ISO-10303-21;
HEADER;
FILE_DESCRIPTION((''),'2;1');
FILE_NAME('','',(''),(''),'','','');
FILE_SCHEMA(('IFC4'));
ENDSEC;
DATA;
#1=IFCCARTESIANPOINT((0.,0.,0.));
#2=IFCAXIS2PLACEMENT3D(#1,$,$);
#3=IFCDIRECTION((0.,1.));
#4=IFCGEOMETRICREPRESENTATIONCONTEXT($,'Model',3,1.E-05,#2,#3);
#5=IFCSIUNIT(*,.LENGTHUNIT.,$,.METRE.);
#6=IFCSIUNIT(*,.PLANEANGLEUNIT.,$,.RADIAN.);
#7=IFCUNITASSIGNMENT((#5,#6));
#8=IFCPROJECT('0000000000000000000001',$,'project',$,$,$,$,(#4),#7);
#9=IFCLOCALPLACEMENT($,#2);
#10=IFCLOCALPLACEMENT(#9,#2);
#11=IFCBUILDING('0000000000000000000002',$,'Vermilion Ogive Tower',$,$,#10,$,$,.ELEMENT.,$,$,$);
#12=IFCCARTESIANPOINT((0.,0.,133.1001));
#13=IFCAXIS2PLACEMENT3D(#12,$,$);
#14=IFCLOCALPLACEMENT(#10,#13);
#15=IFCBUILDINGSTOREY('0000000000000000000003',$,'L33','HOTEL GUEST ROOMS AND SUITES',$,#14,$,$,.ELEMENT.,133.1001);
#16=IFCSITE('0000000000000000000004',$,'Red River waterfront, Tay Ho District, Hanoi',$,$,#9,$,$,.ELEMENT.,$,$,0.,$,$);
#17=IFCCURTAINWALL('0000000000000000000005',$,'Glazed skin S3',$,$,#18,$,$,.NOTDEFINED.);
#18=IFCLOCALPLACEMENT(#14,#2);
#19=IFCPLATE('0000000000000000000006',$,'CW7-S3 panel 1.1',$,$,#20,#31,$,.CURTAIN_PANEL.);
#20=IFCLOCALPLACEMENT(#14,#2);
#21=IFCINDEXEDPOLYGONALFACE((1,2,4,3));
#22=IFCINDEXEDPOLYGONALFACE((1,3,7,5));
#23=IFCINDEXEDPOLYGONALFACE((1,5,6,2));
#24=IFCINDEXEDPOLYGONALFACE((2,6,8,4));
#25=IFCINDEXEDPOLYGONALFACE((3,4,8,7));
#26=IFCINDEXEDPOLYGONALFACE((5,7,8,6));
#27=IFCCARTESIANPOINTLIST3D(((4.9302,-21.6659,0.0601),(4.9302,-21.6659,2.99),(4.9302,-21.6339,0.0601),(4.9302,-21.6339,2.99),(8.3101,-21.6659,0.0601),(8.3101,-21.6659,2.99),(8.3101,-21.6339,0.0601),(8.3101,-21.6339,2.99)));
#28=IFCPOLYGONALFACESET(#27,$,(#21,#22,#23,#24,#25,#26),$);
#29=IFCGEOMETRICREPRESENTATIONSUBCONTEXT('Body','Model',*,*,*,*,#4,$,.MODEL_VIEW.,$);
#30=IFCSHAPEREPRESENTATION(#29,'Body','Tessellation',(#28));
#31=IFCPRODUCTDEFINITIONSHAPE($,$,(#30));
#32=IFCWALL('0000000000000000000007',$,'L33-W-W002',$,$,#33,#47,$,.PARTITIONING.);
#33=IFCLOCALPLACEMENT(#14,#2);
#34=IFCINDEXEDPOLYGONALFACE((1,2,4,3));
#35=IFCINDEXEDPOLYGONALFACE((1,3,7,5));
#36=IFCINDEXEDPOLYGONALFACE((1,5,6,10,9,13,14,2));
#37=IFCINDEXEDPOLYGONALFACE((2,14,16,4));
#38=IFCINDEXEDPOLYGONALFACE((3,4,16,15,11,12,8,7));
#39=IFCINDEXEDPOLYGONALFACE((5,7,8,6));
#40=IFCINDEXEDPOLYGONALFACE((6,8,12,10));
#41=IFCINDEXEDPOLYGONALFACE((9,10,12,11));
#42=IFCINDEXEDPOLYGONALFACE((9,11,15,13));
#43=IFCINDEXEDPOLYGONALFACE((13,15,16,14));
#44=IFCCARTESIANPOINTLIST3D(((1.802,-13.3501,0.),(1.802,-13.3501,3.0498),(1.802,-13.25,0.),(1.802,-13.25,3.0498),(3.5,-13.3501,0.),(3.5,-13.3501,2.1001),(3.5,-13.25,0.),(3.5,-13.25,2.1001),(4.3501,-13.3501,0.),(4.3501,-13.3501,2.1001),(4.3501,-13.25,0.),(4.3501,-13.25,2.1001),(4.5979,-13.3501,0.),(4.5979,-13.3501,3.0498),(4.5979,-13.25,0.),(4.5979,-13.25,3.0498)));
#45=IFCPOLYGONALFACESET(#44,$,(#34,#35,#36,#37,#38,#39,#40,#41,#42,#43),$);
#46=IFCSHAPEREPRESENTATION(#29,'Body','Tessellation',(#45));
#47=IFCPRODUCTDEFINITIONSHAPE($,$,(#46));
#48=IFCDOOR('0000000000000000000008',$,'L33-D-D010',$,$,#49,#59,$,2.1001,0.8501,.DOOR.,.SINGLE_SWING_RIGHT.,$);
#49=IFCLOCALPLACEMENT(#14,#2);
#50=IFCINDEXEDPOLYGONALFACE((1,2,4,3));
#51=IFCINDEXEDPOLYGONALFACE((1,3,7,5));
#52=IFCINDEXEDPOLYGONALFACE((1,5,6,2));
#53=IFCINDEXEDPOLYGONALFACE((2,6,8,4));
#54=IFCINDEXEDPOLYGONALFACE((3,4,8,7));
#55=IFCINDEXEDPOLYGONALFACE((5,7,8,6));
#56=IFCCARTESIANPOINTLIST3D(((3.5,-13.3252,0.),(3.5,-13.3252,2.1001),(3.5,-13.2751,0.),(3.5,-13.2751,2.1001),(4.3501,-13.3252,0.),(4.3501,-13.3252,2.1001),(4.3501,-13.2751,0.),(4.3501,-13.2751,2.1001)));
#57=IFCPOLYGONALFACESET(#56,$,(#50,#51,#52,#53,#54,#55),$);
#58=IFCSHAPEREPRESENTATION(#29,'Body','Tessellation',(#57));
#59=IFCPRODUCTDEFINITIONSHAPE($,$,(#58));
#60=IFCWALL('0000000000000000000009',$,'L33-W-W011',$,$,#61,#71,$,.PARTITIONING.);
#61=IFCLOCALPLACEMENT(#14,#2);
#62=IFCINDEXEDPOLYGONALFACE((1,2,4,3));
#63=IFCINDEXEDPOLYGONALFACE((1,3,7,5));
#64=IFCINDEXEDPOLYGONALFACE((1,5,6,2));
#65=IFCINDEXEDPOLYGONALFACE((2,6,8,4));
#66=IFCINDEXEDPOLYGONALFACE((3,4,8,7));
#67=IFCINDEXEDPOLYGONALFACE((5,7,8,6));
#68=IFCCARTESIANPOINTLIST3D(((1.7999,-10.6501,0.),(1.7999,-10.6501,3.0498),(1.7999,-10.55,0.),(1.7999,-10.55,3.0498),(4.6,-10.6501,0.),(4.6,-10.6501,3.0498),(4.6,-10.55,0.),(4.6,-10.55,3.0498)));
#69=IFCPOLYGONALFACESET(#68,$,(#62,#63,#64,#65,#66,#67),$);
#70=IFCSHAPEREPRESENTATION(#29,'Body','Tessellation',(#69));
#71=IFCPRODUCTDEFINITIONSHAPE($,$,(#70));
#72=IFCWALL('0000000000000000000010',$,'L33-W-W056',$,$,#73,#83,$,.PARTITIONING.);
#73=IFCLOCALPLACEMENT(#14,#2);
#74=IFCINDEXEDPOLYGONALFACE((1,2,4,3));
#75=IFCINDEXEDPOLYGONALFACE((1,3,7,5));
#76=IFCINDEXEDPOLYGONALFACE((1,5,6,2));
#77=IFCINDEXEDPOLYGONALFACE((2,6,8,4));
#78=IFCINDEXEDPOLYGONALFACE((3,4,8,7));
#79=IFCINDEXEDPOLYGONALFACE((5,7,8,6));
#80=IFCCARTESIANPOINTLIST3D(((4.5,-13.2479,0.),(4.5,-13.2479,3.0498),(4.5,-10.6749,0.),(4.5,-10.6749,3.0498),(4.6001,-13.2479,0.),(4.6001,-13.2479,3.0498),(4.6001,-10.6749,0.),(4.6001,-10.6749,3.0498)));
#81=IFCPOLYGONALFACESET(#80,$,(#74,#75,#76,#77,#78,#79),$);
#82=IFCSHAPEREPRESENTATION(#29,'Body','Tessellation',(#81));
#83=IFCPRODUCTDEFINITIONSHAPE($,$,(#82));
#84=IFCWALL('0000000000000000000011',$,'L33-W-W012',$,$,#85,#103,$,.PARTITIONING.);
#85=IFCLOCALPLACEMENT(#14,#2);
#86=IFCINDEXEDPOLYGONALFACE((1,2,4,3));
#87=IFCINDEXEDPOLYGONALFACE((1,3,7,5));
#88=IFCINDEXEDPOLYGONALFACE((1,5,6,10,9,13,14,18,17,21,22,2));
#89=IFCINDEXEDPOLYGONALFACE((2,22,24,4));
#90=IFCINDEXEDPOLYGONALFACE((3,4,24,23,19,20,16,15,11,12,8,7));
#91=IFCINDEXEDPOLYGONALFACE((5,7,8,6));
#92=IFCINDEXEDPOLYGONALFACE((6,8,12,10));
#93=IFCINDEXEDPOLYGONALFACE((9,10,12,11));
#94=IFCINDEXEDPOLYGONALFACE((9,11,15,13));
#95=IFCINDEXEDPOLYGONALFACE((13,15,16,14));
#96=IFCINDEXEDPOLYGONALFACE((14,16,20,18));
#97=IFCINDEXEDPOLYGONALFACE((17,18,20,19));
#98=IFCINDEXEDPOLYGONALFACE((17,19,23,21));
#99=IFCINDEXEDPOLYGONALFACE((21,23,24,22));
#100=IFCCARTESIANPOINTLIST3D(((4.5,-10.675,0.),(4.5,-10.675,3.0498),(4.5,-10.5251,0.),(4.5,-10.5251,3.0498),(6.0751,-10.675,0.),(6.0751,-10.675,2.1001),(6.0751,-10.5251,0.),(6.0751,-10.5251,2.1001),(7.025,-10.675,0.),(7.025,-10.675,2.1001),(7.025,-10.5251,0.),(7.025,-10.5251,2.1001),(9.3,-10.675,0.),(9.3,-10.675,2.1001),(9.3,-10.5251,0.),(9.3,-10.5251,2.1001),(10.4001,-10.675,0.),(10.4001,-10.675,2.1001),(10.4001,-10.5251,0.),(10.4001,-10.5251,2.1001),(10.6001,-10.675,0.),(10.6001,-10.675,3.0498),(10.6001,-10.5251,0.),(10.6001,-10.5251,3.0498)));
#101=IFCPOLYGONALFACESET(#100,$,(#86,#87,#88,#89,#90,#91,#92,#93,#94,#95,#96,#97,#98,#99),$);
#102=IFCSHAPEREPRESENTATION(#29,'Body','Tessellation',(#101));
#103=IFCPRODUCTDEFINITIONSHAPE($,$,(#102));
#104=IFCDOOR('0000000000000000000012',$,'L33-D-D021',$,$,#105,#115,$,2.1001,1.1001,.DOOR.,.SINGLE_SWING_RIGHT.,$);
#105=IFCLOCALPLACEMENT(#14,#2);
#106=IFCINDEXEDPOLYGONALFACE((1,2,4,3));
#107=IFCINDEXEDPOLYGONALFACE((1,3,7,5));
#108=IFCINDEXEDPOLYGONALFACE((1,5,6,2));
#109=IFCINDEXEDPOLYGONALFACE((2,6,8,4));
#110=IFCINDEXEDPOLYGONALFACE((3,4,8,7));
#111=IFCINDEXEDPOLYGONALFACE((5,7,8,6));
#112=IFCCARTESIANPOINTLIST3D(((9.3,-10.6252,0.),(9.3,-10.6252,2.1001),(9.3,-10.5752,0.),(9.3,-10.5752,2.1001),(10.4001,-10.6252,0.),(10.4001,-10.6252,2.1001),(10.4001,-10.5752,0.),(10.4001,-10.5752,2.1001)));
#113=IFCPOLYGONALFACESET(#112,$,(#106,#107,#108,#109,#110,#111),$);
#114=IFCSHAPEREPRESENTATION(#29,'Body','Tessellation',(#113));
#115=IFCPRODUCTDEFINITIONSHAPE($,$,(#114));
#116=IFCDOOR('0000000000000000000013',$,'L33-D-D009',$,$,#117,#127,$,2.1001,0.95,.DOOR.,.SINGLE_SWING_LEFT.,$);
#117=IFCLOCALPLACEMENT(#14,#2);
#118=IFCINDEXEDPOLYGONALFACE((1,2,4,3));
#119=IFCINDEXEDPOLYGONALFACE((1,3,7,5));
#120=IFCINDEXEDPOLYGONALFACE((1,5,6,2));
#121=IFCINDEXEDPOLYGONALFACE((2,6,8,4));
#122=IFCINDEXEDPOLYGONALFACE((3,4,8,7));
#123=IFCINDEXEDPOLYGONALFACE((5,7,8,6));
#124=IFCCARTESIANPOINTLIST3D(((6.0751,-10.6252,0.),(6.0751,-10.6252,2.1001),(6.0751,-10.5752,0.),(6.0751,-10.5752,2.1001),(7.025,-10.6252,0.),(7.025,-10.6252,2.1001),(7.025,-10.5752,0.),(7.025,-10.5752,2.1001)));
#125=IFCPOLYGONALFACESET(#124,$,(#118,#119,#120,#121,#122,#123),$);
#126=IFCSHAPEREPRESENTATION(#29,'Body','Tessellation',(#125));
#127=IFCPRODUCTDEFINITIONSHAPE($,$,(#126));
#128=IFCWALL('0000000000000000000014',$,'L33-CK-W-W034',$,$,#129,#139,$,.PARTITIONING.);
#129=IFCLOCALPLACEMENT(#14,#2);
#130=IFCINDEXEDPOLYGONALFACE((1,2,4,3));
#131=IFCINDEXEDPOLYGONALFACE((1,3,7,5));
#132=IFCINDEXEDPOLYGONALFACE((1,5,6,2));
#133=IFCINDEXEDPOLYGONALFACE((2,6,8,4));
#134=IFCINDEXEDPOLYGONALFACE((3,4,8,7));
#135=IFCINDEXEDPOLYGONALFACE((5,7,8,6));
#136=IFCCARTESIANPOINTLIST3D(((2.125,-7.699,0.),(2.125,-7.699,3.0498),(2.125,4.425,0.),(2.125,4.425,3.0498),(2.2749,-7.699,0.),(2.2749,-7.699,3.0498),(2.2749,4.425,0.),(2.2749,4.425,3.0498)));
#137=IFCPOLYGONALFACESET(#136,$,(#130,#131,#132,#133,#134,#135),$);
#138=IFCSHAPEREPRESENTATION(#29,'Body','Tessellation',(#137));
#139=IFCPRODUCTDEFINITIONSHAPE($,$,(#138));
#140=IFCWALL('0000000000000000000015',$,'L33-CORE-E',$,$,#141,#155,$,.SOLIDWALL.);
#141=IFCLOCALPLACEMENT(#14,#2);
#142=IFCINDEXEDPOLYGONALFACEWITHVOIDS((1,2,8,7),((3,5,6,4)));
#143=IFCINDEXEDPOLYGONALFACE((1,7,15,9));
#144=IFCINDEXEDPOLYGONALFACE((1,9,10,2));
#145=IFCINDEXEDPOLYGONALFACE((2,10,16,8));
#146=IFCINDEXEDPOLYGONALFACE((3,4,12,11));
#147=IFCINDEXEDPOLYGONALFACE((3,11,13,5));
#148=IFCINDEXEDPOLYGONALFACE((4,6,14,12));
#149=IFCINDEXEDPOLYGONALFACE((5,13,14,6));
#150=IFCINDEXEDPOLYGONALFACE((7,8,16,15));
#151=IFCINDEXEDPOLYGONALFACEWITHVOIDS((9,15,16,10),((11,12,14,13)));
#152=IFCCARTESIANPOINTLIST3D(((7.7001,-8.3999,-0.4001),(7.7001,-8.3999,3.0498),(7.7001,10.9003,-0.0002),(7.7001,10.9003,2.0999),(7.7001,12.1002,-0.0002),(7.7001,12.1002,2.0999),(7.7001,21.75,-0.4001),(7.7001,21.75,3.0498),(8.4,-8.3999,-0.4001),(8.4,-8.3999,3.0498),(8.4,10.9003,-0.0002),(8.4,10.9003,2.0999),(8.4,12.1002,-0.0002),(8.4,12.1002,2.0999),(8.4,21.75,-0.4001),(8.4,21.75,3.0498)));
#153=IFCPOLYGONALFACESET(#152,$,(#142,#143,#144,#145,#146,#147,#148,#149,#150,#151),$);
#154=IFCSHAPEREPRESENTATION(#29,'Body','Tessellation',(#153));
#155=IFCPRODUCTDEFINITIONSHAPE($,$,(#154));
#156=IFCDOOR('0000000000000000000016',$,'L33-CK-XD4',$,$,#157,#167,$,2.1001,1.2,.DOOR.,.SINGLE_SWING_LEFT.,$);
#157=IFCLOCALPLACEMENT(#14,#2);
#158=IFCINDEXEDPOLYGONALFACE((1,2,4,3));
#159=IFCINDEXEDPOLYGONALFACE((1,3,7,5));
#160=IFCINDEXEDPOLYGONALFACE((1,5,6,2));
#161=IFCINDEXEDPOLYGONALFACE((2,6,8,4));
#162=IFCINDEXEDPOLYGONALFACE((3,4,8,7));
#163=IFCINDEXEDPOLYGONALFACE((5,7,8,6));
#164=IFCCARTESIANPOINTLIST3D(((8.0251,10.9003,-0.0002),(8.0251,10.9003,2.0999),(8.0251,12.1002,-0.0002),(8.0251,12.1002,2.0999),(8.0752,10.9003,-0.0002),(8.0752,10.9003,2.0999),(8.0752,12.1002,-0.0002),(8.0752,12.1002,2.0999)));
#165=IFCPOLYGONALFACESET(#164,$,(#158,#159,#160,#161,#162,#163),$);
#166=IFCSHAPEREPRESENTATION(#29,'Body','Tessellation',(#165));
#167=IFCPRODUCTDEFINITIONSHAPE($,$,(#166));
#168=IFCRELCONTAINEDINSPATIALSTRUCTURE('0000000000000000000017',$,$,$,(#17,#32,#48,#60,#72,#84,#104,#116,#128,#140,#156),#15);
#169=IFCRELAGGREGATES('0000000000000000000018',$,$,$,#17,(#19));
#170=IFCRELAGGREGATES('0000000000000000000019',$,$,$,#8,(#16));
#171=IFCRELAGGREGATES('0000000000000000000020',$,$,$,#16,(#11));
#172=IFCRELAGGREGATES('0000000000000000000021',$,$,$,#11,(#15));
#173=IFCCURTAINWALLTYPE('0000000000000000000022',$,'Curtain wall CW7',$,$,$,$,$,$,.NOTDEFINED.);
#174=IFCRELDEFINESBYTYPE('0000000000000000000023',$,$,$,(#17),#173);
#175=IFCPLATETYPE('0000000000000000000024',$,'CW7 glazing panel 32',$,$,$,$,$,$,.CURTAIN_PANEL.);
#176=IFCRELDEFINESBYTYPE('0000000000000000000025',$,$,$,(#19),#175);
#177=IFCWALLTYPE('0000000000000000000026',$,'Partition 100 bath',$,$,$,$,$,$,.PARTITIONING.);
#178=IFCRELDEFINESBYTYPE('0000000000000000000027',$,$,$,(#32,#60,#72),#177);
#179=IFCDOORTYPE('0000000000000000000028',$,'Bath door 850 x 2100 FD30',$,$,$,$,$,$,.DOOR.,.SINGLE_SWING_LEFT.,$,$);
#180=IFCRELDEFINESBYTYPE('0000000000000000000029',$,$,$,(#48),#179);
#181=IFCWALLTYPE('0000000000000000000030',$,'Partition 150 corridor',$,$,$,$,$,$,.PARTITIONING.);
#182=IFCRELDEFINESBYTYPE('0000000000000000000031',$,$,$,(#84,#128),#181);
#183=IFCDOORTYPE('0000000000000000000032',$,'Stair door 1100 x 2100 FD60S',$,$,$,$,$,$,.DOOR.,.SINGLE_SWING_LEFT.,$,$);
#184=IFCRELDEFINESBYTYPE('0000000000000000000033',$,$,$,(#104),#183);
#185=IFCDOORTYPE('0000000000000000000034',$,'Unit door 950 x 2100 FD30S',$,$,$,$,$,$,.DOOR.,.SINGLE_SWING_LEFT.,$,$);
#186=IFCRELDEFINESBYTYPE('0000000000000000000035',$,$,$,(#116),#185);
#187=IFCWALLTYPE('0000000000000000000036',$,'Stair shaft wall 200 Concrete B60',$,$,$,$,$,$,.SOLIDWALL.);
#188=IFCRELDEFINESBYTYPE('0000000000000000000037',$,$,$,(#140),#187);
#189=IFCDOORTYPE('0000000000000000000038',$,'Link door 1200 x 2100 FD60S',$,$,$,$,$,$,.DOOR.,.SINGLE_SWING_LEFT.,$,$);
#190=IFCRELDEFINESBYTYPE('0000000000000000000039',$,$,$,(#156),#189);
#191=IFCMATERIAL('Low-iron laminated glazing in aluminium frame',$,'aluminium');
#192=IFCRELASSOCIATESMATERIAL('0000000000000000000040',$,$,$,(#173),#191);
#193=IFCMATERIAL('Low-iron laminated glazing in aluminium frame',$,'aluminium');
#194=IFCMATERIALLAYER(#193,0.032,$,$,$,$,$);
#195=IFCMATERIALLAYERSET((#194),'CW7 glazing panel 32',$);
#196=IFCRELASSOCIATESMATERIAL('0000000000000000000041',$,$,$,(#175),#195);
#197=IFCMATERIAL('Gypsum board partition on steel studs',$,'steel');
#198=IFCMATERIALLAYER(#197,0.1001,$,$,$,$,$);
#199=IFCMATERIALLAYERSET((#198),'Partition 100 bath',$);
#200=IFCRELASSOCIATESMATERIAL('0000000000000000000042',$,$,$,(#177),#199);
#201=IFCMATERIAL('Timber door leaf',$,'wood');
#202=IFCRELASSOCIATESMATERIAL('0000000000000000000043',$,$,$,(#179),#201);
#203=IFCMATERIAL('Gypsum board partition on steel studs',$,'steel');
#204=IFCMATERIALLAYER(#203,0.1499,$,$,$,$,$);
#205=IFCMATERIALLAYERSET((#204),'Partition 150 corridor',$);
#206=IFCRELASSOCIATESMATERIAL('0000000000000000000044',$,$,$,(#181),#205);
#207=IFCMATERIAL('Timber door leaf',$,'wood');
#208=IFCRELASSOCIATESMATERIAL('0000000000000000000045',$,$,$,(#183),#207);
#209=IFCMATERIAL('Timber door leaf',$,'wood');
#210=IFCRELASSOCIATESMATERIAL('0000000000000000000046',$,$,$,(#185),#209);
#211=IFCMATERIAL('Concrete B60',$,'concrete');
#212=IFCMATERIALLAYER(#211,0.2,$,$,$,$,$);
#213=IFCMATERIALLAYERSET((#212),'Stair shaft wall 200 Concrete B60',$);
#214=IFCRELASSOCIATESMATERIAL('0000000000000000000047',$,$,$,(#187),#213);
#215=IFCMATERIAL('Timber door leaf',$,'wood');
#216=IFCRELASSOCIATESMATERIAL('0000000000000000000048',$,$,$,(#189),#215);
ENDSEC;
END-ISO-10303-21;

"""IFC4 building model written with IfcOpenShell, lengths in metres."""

from ifc_helpers import new_model, si_unit, direction, frame, frame_2d, origin, origin_2d, place, context, subcontext, project, spatial, rectangle, extrude, material, layer, layer_set, type_object, element, fill, aggregate, save


model = new_model("IFC4")

# Units and contexts
model_context = context("Model", 3, precision=1e-05, world=origin(), true_north=direction((0.0, 1.0)))
body_context = subcontext(model_context, "Body", "Model", "MODEL_VIEW")
ifc_project = project(units=[si_unit("LENGTHUNIT", "METRE"), si_unit("PLANEANGLEUNIT", "RADIAN")], contexts=[model_context])

# Site, building, storey
site_placement = place(None, origin())
site = spatial("IfcSite", under=ifc_project, at=site_placement, Name="Red River waterfront, Tay Ho District, Hanoi", CompositionType="ELEMENT", RefElevation=0.0)
building_placement = place(site_placement, origin())
building = spatial("IfcBuilding", under=site, at=building_placement, Name="Vermilion Ogive Tower", CompositionType="ELEMENT")
storey_placement = place(building_placement, frame((0.0, 0.0, 133.1001)))
storey = spatial("IfcBuildingStorey", under=building, at=storey_placement, Name="L33", Description="HOTEL GUEST ROOMS AND SUITES", CompositionType="ELEMENT", Elevation=133.1001)

# Shared definitions
ifc_material_1 = material(Name="Low-iron laminated glazing in aluminium frame", Category="aluminium")
curtain_wall_type = type_object("IfcCurtainWallType", Name="Curtain wall CW7", PredefinedType="NOTDEFINED", material=ifc_material_1)

# Curtain wall
curtain_wall_1_placement = place(storey_placement, origin())
curtain_wall_1 = element("IfcCurtainWall", 1, at=curtain_wall_1_placement, inside=storey, type_object=curtain_wall_type, Name="Glazed skin S3", PredefinedType="NOTDEFINED")

# Plate
ifc_material_2 = material(Name="Low-iron laminated glazing in aluminium frame", Category="aluminium")
ifc_layer_1 = layer(ifc_material_2, 0.032)
ifc_layer_set_1 = layer_set([ifc_layer_1], Name="CW7 glazing panel 32")
plate_type = type_object("IfcPlateType", Name="CW7 glazing panel 32", PredefinedType="CURTAIN_PANEL", material=ifc_layer_set_1)
plate_1_placement = place(storey_placement, frame((6.6201, -21.6499, 0.0601), z_axis=(0.0, 0.0, 1.0), x_axis=(1.0, 0.0, 0.0)))
plate_1 = element("IfcPlate", 2, at=plate_1_placement, type_object=plate_type, Name="CW7-S3 panel 1.1", PredefinedType="CURTAIN_PANEL", context=body_context, shape_type="SweptSolid", body=[
    extrude(rectangle(XDim=3.3799, YDim=0.032, at=origin_2d()), origin(), (0.0, 0.0, 1.0), 2.9299),
])
aggregate(curtain_wall_1, [plate_1])

# Wall, opening, door
ifc_material_3 = material(Name="Gypsum board partition on steel studs", Category="steel")
ifc_layer_2 = layer(ifc_material_3, 0.1001)
ifc_layer_set_2 = layer_set([ifc_layer_2], Name="Partition 100 bath")
wall_type_1 = type_object("IfcWallType", Name="Partition 100 bath", PredefinedType="PARTITIONING", material=ifc_layer_set_2)
wall_1_placement = place(storey_placement, frame((1.802, -13.3, 0.0), z_axis=(0.0, 0.0, 1.0), x_axis=(1.0, 0.0, 0.0)))
wall_1 = element("IfcWall", 3, at=wall_1_placement, inside=storey, type_object=wall_type_1, Name="L33-W-W002", PredefinedType="PARTITIONING", context=body_context, shape_type="SweptSolid", body=[
    extrude(rectangle(XDim=2.7959, YDim=0.1001, at=frame_2d((1.3979, 0.0))), origin(), (0.0, 0.0, 1.0), 3.0498),
])
opening_1_placement = place(wall_1_placement, frame((1.698, 0.0, 0.0)))
opening_1 = element("IfcOpeningElement", 4, at=opening_1_placement, cuts=wall_1, PredefinedType="OPENING", context=body_context, shape_type="SweptSolid", body=[
    extrude(rectangle(XDim=0.8501, YDim=2.1001, at=frame_2d((0.425, 1.05))), frame((0.0, 0.0601, 0.0), z_axis=(0.0, -1.0, 0.0), x_axis=(1.0, 0.0, 0.0)), (0.0, 0.0, 1.0), 0.1201),
])
ifc_material_4 = material(Name="Timber door leaf", Category="wood")
door_type_1 = type_object("IfcDoorType", Name="Bath door 850 x 2100 FD30", OperationType="SINGLE_SWING_LEFT", PredefinedType="DOOR", material=ifc_material_4)
door_1_placement = place(opening_1_placement, origin())
door_1 = element("IfcDoor", 5, at=door_1_placement, inside=storey, type_object=door_type_1, Name="L33-D-D010", OperationType="SINGLE_SWING_RIGHT", OverallHeight=2.1001, OverallWidth=0.8501, PredefinedType="DOOR", context=body_context, shape_type="SweptSolid", body=[
    extrude(rectangle(XDim=0.8501, YDim=2.1001, at=frame_2d((0.425, 1.05))), frame((0.0, 0.0249, 0.0), z_axis=(0.0, -1.0, 0.0), x_axis=(1.0, 0.0, 0.0)), (0.0, 0.0, 1.0), 0.05),
])
fill(opening_1, door_1)

# Walls
wall_2_placement = place(storey_placement, frame((1.8, -10.6001, 0.0), z_axis=(0.0, 0.0, 1.0), x_axis=(1.0, 0.0, 0.0)))
element("IfcWall", 6, at=wall_2_placement, inside=storey, type_object=wall_type_1, Name="L33-W-W011", PredefinedType="PARTITIONING", context=body_context, shape_type="SweptSolid", body=[
    extrude(rectangle(XDim=2.8, YDim=0.1001, at=frame_2d((1.3999, 0.0))), origin(), (0.0, 0.0, 1.0), 3.0498),
])
wall_3_placement = place(storey_placement, frame((4.55, -13.248, 0.0), z_axis=(0.0, 0.0, 1.0), x_axis=(0.0, 1.0, 0.0)))
element("IfcWall", 7, at=wall_3_placement, inside=storey, type_object=wall_type_1, Name="L33-W-W056", PredefinedType="PARTITIONING", context=body_context, shape_type="SweptSolid", body=[
    extrude(rectangle(XDim=2.573, YDim=0.1001, at=frame_2d((1.2866, 0.0))), origin(), (0.0, 0.0, 1.0), 3.0498),
])

# Wall, openings, doors
ifc_material_5 = material(Name="Gypsum board partition on steel studs", Category="steel")
ifc_layer_3 = layer(ifc_material_5, 0.1499)
ifc_layer_set_3 = layer_set([ifc_layer_3], Name="Partition 150 corridor")
wall_type_2 = type_object("IfcWallType", Name="Partition 150 corridor", PredefinedType="PARTITIONING", material=ifc_layer_set_3)
wall_4_placement = place(storey_placement, frame((4.5, -10.6001, 0.0), z_axis=(0.0, 0.0, 1.0), x_axis=(1.0, 0.0, 0.0)))
wall_4 = element("IfcWall", 8, at=wall_4_placement, inside=storey, type_object=wall_type_2, Name="L33-W-W012", PredefinedType="PARTITIONING", context=body_context, shape_type="SweptSolid", body=[
    extrude(rectangle(XDim=6.1001, YDim=0.1499, at=frame_2d((3.05, 0.0))), origin(), (0.0, 0.0, 1.0), 3.0498),
])
opening_2_placement = place(wall_4_placement, frame((1.575, 0.0, 0.0)))
opening_2 = element("IfcOpeningElement", 9, at=opening_2_placement, cuts=wall_4, PredefinedType="OPENING", context=body_context, shape_type="SweptSolid", body=[
    extrude(rectangle(XDim=0.95, YDim=2.1001, at=frame_2d((0.4751, 1.05))), frame((0.0, 0.085, 0.0), z_axis=(0.0, -1.0, 0.0), x_axis=(1.0, 0.0, 0.0)), (0.0, 0.0, 1.0), 0.1699),
])
opening_3_placement = place(wall_4_placement, frame((4.8, 0.0, 0.0)))
opening_3 = element("IfcOpeningElement", 10, at=opening_3_placement, cuts=wall_4, PredefinedType="OPENING", context=body_context, shape_type="SweptSolid", body=[
    extrude(rectangle(XDim=1.1001, YDim=2.1001, at=frame_2d((0.55, 1.05))), frame((0.0, 0.085, 0.0), z_axis=(0.0, -1.0, 0.0), x_axis=(1.0, 0.0, 0.0)), (0.0, 0.0, 1.0), 0.1699),
])
ifc_material_6 = material(Name="Timber door leaf", Category="wood")
door_type_2 = type_object("IfcDoorType", Name="Stair door 1100 x 2100 FD60S", OperationType="SINGLE_SWING_LEFT", PredefinedType="DOOR", material=ifc_material_6)
door_2_placement = place(opening_3_placement, origin())
door_2 = element("IfcDoor", 11, at=door_2_placement, inside=storey, type_object=door_type_2, Name="L33-D-D021", OperationType="SINGLE_SWING_RIGHT", OverallHeight=2.1001, OverallWidth=1.1001, PredefinedType="DOOR", context=body_context, shape_type="SweptSolid", body=[
    extrude(rectangle(XDim=1.1001, YDim=2.1001, at=frame_2d((0.55, 1.05))), frame((0.0, 0.0249, 0.0), z_axis=(0.0, -1.0, 0.0), x_axis=(1.0, 0.0, 0.0)), (0.0, 0.0, 1.0), 0.05),
])
fill(opening_3, door_2)
ifc_material_7 = material(Name="Timber door leaf", Category="wood")
door_type_3 = type_object("IfcDoorType", Name="Unit door 950 x 2100 FD30S", OperationType="SINGLE_SWING_LEFT", PredefinedType="DOOR", material=ifc_material_7)
door_3_placement = place(opening_2_placement, origin())
door_3 = element("IfcDoor", 12, at=door_3_placement, inside=storey, type_object=door_type_3, Name="L33-D-D009", OperationType="SINGLE_SWING_LEFT", OverallHeight=2.1001, OverallWidth=0.95, PredefinedType="DOOR", context=body_context, shape_type="SweptSolid", body=[
    extrude(rectangle(XDim=0.95, YDim=2.1001, at=frame_2d((0.4751, 1.05))), frame((0.0, 0.0249, 0.0), z_axis=(0.0, -1.0, 0.0), x_axis=(1.0, 0.0, 0.0)), (0.0, 0.0, 1.0), 0.05),
])
fill(opening_2, door_3)

# Wall
wall_5_placement = place(storey_placement, frame((2.2, -7.699, 0.0), z_axis=(0.0, 0.0, 1.0), x_axis=(0.0, 1.0, 0.0)))
element("IfcWall", 13, at=wall_5_placement, inside=storey, type_object=wall_type_2, Name="L33-CK-W-W034", PredefinedType="PARTITIONING", context=body_context, shape_type="SweptSolid", body=[
    extrude(rectangle(XDim=12.124, YDim=0.1499, at=frame_2d((6.062, 0.0))), origin(), (0.0, 0.0, 1.0), 3.0498),
])

# Wall, opening, door
ifc_material_8 = material(Name="Concrete B60", Category="concrete")
ifc_layer_4 = layer(ifc_material_8, 0.2)
ifc_layer_set_4 = layer_set([ifc_layer_4], Name="Stair shaft wall 200 Concrete B60")
wall_type_3 = type_object("IfcWallType", Name="Stair shaft wall 200 Concrete B60", PredefinedType="SOLIDWALL", material=ifc_layer_set_4)
wall_6_placement = place(storey_placement, frame((8.05, -8.3999, -0.4001), z_axis=(0.0, 0.0, 1.0), x_axis=(0.0, 1.0, 0.0)))
wall_6 = element("IfcWall", 14, at=wall_6_placement, inside=storey, type_object=wall_type_3, Name="L33-CORE-E", PredefinedType="SOLIDWALL", context=body_context, shape_type="SweptSolid", body=[
    extrude(rectangle(XDim=30.1499, YDim=0.7, at=frame_2d((15.075, 0.0))), origin(), (0.0, 0.0, 1.0), 3.45),
])
opening_4_placement = place(wall_6_placement, frame((19.3, 0.0, 0.3999)))
opening_4 = element("IfcOpeningElement", 15, at=opening_4_placement, cuts=wall_6, PredefinedType="OPENING", context=body_context, shape_type="SweptSolid", body=[
    extrude(rectangle(XDim=1.2, YDim=2.1001, at=frame_2d((0.6001, 1.05))), frame((0.0, 0.3599, 0.0), z_axis=(0.0, -1.0, 0.0), x_axis=(1.0, 0.0, 0.0)), (0.0, 0.0, 1.0), 0.72),
])
ifc_material_9 = material(Name="Timber door leaf", Category="wood")
door_type_4 = type_object("IfcDoorType", Name="Link door 1200 x 2100 FD60S", OperationType="SINGLE_SWING_LEFT", PredefinedType="DOOR", material=ifc_material_9)
door_4_placement = place(opening_4_placement, origin())
door_4 = element("IfcDoor", 16, at=door_4_placement, inside=storey, type_object=door_type_4, Name="L33-CK-XD4", OperationType="SINGLE_SWING_LEFT", OverallHeight=2.1001, OverallWidth=1.2, PredefinedType="DOOR", context=body_context, shape_type="SweptSolid", body=[
    extrude(rectangle(XDim=1.2, YDim=2.1001, at=frame_2d((0.6001, 1.05))), frame((0.0, 0.0249, 0.0), z_axis=(0.0, -1.0, 0.0), x_axis=(1.0, 0.0, 0.0)), (0.0, 0.0, 1.0), 0.05),
])
fill(opening_4, door_4)

save(model, "model.ifc")
